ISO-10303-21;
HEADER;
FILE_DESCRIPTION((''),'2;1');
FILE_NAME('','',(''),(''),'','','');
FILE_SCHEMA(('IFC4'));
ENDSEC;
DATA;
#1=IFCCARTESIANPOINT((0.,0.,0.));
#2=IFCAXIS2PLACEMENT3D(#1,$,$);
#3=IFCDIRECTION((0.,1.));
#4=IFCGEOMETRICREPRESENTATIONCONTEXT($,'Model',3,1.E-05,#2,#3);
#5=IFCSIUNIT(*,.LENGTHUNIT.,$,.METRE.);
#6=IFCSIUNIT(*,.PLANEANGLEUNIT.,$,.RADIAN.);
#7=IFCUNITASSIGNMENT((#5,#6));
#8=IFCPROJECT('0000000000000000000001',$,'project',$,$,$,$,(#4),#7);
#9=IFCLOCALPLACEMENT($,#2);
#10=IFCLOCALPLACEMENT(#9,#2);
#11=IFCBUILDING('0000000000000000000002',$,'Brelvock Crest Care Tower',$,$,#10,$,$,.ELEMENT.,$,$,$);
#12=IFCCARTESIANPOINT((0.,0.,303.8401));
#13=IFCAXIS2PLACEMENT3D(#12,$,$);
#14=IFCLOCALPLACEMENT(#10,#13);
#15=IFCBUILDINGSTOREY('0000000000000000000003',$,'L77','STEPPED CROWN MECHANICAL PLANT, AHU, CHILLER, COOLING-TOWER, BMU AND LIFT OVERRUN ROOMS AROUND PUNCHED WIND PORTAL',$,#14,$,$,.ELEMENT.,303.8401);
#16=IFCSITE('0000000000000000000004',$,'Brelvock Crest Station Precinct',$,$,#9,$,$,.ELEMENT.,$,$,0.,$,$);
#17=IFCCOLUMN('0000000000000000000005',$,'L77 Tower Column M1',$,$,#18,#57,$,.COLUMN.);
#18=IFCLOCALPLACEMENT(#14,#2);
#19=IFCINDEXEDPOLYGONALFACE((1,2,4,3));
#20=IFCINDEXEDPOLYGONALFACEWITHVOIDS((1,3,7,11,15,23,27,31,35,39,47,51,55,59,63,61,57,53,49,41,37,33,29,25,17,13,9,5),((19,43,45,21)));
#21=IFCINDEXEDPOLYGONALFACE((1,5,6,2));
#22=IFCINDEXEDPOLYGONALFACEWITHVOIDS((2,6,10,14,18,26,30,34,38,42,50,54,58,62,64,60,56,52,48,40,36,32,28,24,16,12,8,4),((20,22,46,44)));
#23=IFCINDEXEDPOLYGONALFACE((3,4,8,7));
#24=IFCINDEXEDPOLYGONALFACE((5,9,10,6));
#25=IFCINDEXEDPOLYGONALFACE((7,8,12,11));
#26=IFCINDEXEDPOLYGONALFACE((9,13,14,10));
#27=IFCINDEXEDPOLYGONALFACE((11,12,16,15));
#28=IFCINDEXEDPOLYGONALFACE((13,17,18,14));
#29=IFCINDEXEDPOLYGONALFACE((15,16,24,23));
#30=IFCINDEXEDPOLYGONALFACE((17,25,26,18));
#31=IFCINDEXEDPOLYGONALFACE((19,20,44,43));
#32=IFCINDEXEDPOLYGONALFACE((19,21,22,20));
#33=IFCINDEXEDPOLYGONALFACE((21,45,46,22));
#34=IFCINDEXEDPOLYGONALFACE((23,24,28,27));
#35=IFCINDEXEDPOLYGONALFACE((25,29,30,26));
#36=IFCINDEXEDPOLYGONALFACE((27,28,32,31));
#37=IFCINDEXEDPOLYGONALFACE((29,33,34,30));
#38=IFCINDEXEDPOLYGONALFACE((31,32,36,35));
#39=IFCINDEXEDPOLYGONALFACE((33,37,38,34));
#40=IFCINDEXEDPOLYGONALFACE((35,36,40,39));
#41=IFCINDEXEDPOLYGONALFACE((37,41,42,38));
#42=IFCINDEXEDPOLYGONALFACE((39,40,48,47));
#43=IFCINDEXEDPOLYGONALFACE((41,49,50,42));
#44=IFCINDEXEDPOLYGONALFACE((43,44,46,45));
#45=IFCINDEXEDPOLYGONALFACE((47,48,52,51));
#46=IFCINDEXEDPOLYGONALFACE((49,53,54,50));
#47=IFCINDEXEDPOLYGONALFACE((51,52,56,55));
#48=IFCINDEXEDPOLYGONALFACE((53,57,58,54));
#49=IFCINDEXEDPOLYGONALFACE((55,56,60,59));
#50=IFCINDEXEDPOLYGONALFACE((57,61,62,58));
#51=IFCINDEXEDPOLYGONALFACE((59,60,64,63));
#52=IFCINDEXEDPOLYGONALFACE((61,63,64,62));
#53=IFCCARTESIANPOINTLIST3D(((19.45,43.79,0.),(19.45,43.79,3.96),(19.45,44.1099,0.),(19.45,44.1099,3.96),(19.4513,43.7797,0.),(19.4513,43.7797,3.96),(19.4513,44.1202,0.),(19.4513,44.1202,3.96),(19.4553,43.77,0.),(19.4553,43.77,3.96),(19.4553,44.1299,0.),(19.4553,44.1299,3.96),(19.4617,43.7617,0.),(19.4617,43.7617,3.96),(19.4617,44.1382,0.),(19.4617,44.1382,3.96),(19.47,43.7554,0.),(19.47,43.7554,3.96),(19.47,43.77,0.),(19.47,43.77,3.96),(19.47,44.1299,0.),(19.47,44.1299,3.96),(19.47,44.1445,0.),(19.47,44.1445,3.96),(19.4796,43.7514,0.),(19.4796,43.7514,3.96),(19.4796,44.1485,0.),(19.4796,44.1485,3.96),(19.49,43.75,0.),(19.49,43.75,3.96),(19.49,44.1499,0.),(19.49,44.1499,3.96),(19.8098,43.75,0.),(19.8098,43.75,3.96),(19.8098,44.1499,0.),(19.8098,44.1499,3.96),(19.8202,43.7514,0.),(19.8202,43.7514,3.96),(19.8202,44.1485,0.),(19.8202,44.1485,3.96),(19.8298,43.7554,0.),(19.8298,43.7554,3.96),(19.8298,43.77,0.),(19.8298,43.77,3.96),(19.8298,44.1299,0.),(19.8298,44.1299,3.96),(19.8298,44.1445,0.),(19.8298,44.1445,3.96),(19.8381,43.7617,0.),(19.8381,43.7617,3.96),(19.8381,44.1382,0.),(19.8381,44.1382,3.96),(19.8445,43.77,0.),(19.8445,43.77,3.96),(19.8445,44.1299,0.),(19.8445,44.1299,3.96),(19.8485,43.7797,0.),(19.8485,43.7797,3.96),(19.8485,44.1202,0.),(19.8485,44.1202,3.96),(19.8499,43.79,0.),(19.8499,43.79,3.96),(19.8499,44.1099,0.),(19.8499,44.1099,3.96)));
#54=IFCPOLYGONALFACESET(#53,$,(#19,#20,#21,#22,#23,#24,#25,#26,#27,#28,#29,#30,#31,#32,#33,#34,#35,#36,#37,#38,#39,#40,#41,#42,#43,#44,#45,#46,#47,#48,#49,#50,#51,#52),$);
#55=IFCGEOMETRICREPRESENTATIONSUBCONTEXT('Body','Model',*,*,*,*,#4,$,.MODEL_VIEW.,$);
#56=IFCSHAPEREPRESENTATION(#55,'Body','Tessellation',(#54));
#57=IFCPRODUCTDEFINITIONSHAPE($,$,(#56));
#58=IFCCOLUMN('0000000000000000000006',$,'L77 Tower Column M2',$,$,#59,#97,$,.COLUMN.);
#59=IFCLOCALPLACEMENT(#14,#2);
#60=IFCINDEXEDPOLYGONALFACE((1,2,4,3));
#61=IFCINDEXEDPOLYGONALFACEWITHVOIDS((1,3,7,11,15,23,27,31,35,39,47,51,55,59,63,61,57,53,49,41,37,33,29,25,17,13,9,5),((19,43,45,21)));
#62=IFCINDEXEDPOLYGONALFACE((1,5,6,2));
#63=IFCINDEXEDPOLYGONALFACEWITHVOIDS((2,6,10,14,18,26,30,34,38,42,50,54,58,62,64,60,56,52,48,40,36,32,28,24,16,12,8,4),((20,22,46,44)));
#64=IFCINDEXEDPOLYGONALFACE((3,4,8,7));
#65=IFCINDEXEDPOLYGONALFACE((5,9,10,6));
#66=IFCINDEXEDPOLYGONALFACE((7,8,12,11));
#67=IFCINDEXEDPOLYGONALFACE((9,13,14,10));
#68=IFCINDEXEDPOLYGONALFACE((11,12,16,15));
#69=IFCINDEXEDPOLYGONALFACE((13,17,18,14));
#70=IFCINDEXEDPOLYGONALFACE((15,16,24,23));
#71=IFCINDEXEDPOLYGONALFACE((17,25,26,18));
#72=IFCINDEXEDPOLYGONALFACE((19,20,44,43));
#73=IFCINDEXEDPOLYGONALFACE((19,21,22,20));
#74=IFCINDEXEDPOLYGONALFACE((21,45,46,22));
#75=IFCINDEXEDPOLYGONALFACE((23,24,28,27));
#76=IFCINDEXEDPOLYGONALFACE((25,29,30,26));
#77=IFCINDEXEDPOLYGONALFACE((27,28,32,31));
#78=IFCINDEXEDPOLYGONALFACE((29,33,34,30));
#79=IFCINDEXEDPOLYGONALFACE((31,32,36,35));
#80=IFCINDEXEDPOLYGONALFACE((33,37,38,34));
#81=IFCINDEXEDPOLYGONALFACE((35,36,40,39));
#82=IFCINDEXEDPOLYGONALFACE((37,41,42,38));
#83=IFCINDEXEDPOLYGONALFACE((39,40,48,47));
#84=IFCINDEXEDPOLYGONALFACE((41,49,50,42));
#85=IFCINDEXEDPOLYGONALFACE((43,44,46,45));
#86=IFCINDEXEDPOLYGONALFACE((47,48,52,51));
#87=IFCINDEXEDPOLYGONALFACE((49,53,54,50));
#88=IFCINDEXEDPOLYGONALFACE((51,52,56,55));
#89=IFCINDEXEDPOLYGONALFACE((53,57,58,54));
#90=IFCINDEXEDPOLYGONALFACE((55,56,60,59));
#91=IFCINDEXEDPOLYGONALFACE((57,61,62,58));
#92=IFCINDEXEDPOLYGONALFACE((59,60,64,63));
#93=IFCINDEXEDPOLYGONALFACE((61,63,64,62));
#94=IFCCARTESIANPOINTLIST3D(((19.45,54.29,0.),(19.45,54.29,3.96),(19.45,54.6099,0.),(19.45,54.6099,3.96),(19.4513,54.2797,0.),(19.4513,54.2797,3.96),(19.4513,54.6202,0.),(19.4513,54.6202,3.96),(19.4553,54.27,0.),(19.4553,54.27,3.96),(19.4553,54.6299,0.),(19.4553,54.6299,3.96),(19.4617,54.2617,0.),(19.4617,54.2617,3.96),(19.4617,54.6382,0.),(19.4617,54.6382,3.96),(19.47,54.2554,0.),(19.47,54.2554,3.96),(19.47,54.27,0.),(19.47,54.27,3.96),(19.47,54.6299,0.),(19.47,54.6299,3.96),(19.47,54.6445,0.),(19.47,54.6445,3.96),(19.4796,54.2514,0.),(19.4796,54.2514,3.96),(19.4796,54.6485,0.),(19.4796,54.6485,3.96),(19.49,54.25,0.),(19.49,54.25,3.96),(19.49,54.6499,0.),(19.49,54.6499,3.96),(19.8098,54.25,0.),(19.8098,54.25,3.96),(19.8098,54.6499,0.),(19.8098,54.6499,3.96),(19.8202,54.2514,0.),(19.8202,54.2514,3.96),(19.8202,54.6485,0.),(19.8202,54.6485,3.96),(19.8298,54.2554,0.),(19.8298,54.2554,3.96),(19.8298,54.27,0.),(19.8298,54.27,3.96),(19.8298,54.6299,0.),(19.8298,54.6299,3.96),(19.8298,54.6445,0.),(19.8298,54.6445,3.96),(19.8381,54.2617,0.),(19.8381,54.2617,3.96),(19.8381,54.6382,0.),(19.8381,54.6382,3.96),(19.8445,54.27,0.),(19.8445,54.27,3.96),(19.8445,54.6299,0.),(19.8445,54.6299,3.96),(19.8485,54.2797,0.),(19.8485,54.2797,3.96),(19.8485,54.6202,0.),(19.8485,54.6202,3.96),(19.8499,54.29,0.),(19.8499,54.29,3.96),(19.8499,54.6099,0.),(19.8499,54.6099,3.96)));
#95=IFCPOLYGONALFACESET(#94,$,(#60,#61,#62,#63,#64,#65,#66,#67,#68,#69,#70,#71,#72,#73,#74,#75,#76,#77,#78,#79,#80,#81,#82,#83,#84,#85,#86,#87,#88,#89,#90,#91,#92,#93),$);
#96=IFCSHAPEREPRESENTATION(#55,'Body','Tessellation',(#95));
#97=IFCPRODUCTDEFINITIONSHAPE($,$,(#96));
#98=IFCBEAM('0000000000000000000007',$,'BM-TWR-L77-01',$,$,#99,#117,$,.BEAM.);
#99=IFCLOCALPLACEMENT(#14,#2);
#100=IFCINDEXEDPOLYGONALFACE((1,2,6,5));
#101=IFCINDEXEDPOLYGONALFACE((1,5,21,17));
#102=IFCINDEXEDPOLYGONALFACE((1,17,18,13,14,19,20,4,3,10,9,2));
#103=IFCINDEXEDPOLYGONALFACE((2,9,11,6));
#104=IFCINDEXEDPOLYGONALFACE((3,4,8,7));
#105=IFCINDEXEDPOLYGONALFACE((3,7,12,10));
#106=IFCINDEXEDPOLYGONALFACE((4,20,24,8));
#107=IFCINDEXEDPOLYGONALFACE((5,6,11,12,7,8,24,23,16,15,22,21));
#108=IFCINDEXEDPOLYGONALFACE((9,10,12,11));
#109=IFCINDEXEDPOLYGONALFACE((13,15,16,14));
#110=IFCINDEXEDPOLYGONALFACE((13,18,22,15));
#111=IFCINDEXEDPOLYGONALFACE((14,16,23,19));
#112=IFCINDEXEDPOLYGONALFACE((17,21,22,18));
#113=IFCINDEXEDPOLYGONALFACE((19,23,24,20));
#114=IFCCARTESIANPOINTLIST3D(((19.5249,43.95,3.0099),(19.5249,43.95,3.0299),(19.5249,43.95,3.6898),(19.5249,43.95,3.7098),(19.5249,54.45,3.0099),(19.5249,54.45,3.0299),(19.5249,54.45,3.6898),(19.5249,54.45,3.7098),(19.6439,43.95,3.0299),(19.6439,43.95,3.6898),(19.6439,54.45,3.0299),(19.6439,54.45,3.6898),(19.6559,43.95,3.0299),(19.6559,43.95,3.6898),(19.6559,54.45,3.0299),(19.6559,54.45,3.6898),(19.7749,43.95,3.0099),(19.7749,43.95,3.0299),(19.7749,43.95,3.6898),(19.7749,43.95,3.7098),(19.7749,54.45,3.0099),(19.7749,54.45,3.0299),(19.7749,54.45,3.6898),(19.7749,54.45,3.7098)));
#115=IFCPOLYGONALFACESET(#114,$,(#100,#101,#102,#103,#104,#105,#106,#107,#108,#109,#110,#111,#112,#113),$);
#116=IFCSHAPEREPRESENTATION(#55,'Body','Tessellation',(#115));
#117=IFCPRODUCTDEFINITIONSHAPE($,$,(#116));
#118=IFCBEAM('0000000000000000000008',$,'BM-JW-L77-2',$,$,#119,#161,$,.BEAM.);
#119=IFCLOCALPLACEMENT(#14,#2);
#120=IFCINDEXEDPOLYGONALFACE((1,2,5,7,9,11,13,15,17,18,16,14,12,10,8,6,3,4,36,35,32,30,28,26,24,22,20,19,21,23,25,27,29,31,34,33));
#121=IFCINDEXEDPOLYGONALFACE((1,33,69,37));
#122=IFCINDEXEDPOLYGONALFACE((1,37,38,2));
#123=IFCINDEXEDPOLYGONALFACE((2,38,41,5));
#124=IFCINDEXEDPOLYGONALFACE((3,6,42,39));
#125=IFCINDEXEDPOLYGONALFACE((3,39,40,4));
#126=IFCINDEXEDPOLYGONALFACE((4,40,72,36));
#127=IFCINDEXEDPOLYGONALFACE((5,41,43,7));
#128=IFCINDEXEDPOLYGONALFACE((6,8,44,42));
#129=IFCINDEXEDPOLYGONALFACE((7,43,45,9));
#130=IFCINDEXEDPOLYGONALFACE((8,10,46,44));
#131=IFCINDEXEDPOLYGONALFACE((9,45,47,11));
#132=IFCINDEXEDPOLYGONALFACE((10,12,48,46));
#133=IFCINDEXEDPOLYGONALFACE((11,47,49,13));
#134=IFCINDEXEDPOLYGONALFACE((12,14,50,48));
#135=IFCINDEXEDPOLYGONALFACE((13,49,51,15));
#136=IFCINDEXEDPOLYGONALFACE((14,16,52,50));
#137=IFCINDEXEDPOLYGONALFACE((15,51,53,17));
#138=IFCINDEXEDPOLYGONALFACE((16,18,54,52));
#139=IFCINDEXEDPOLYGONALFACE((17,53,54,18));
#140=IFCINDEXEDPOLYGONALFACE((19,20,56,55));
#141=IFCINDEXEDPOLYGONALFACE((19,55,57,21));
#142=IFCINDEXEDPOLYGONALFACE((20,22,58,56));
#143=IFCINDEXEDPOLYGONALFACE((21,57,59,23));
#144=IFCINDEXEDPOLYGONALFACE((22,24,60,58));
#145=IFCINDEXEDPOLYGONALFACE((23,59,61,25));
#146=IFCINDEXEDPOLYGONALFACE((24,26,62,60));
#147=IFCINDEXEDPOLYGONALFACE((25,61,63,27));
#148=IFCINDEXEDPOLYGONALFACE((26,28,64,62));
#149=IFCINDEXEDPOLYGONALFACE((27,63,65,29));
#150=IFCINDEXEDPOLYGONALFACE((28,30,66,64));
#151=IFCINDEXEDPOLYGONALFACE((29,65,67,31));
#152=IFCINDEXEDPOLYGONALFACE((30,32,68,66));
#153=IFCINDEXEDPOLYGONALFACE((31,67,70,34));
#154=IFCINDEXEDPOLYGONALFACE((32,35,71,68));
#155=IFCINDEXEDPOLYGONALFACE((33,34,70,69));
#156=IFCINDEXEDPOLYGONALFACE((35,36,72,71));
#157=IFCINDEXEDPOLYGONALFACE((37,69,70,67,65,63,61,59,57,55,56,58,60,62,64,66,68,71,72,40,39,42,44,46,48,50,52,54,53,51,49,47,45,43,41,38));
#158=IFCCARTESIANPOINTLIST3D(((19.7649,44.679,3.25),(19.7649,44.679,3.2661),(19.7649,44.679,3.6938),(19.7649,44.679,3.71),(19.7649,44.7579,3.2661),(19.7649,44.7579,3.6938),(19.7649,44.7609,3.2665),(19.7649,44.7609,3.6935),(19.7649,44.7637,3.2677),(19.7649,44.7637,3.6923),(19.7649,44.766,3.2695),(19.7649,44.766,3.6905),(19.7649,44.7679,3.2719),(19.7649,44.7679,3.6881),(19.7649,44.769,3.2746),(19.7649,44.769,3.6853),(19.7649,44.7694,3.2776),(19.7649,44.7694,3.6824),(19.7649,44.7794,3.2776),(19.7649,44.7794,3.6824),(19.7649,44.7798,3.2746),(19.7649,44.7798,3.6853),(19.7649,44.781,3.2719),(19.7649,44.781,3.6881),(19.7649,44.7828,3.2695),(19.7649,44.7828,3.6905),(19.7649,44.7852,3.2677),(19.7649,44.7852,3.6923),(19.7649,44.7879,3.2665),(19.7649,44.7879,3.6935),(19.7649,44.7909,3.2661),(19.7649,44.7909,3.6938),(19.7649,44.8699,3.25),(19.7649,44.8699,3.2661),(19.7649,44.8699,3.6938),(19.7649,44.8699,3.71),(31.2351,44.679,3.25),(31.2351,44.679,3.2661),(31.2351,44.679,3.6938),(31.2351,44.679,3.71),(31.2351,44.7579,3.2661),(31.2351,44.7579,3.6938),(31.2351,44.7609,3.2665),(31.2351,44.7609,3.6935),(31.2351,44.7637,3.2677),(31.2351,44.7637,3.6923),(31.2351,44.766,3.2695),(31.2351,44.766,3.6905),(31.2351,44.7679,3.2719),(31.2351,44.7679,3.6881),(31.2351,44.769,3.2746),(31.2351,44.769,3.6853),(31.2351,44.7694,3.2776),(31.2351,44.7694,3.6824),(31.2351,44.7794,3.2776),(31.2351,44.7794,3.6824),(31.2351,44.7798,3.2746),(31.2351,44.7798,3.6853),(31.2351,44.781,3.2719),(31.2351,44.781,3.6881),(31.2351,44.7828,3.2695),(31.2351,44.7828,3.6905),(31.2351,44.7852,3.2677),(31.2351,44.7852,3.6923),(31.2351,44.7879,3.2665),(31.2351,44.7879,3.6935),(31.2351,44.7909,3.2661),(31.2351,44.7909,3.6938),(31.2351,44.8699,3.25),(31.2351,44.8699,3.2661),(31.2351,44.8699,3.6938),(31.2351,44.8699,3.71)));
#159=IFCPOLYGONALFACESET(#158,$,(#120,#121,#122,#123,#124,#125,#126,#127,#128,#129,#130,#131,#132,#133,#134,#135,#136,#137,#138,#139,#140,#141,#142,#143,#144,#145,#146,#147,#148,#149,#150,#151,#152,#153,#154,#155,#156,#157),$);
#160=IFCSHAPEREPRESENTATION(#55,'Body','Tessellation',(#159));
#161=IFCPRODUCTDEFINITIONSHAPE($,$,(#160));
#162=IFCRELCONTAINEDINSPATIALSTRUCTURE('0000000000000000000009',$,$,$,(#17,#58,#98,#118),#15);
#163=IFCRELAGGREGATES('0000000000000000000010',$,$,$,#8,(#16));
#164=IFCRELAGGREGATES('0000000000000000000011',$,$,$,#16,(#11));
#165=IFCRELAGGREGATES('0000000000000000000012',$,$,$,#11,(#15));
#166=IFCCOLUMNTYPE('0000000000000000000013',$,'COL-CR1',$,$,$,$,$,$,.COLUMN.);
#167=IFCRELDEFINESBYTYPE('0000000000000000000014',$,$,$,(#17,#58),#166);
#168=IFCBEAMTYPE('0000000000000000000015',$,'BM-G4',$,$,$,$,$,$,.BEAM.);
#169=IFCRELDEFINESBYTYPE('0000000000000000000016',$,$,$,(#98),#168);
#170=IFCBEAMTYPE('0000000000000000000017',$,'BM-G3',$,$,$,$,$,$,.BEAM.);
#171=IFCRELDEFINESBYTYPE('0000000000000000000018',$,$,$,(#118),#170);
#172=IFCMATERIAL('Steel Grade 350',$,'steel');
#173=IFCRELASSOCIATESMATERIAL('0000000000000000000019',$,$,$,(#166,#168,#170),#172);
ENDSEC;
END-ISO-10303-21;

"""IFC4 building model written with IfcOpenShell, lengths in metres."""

from ifc_helpers import new_model, si_unit, direction, frame, origin, origin_2d, place, context, subcontext, project, spatial, hollow_rectangle, i_section, extrude, source, transform, mapped, material, material_profile, profile_set, type_object, element, save


model = new_model("IFC4")

# Units and contexts
model_context = context("Model", 3, precision=1e-05, world=origin(), true_north=direction((0.0, 1.0)))
body_context = subcontext(model_context, "Body", "Model", "MODEL_VIEW")
ifc_project = project(units=[si_unit("LENGTHUNIT", "METRE"), si_unit("PLANEANGLEUNIT", "RADIAN")], contexts=[model_context])

# Site, building, storey
site_placement = place(None, origin())
site = spatial("IfcSite", under=ifc_project, at=site_placement, Name="Brelvock Crest Station Precinct", CompositionType="ELEMENT", RefElevation=0.0)
building_placement = place(site_placement, origin())
building = spatial("IfcBuilding", under=site, at=building_placement, Name="Brelvock Crest Care Tower", CompositionType="ELEMENT")
storey_placement = place(building_placement, frame((0.0, 0.0, 303.8401)))
storey = spatial("IfcBuildingStorey", under=building, at=storey_placement, Name="L77", Description="STEPPED CROWN MECHANICAL PLANT, AHU, CHILLER, COOLING-TOWER, BMU AND LIFT OVERRUN ROOMS AROUND PUNCHED WIND PORTAL", CompositionType="ELEMENT", Elevation=303.8401)

# Columns
ifc_material_1 = material(Name="Steel Grade 350", Category="steel")
ifc_material_profile_1 = material_profile(ifc_material_1, hollow_rectangle(XDim=0.3999, YDim=0.3999, WallThickness=0.02, OuterFilletRadius=0.04, at=origin_2d()), Name="SHS400x400x20.0")
ifc_profile_set_1 = profile_set([ifc_material_profile_1], Name="Steel Grade 350")
column_type = type_object("IfcColumnType", Name="COL-CR1", PredefinedType="COLUMN", material=ifc_profile_set_1)
shared_shape_1 = source(origin(), body_context, "Body", "SweptSolid", [
    extrude(hollow_rectangle(XDim=0.3999, YDim=0.3999, WallThickness=0.02, OuterFilletRadius=0.04, at=origin_2d()), origin(), (0.0, 0.0, 1.0), 3.96),
])
for number, where, z_axis, x_axis, name in (
    (1, (19.6499, 43.95, 0.0), (0.0, 0.0, 1.0), (1.0, 0.0, 0.0), "L77 Tower Column M1"),
    (2, (19.6499, 54.45, 0.0), (0.0, 0.0, 1.0), (1.0, 0.0, 0.0), "L77 Tower Column M2"),
):
    element("IfcColumn", number, at=place(storey_placement, frame(where, z_axis=z_axis, x_axis=x_axis)), inside=storey, type_object=column_type, Name=name, PredefinedType="COLUMN", context=body_context, shape_type="MappedRepresentation", body=[
        mapped(shared_shape_1, transform((0.0, 0.0, 0.0), x_axis=(1.0, 0.0, 0.0), y_axis=(0.0, 1.0, 0.0), z_axis=(0.0, 0.0, 1.0), scale=1.0)),
    ])

# Beams
ifc_material_profile_2 = material_profile(ifc_material_1, i_section(OverallWidth=0.25, OverallDepth=0.7, WebThickness=0.012, FlangeThickness=0.02, at=origin_2d()), Name="700WB150")
ifc_profile_set_2 = profile_set([ifc_material_profile_2], Name="Steel Grade 350")
beam_type_1 = type_object("IfcBeamType", Name="BM-G4", PredefinedType="BEAM", material=ifc_profile_set_2)
shared_shape_2 = source(origin(), body_context, "Body", "SweptSolid", [
    extrude(i_section(OverallWidth=0.25, OverallDepth=0.7, WebThickness=0.012, FlangeThickness=0.02, at=origin_2d()), origin(), (0.0, 0.0, 1.0), 10.5),
])
beam_placement = place(storey_placement, frame((19.6499, 43.95, 3.3599), z_axis=(0.0, 1.0, 0.0), x_axis=(-1.0, 0.0, 0.0)))
element("IfcBeam", 3, at=beam_placement, inside=storey, type_object=beam_type_1, Name="BM-TWR-L77-01", PredefinedType="BEAM", context=body_context, shape_type="MappedRepresentation", body=[
    mapped(shared_shape_2, transform((0.0, 0.0, 0.0), x_axis=(1.0, 0.0, 0.0), y_axis=(0.0, 1.0, 0.0), z_axis=(0.0, 0.0, 1.0), scale=1.0)),
])
ifc_material_profile_3 = material_profile(ifc_material_1, i_section(OverallWidth=0.1909, OverallDepth=0.46, WebThickness=0.01, FlangeThickness=0.0161, FilletRadius=0.0115, at=origin_2d()), Name="460UB82.1")
ifc_profile_set_3 = profile_set([ifc_material_profile_3], Name="Steel Grade 350")
beam_type_2 = type_object("IfcBeamType", Name="BM-G3", PredefinedType="BEAM", material=ifc_profile_set_3)
shared_shape_3 = source(origin(), body_context, "Body", "SweptSolid", [
    extrude(i_section(OverallWidth=0.1909, OverallDepth=0.46, WebThickness=0.01, FlangeThickness=0.0161, FilletRadius=0.0115, at=origin_2d()), origin(), (0.0, 0.0, 1.0), 11.4702),
])
for number, where, z_axis, x_axis, name in (
    (4, (19.7649, 44.7744, 3.48), (1.0, 0.0, 0.0), (0.0, 1.0, 0.0), "BM-JW-L77-2"),
):
    element("IfcBeam", number, at=place(storey_placement, frame(where, z_axis=z_axis, x_axis=x_axis)), inside=storey, type_object=beam_type_2, Name=name, PredefinedType="BEAM", context=body_context, shape_type="MappedRepresentation", body=[
        mapped(shared_shape_3, transform((0.0, 0.0, 0.0), x_axis=(1.0, 0.0, 0.0), y_axis=(0.0, 1.0, 0.0), z_axis=(0.0, 0.0, 1.0), scale=1.0)),
    ])

save(model, "model.ifc")
